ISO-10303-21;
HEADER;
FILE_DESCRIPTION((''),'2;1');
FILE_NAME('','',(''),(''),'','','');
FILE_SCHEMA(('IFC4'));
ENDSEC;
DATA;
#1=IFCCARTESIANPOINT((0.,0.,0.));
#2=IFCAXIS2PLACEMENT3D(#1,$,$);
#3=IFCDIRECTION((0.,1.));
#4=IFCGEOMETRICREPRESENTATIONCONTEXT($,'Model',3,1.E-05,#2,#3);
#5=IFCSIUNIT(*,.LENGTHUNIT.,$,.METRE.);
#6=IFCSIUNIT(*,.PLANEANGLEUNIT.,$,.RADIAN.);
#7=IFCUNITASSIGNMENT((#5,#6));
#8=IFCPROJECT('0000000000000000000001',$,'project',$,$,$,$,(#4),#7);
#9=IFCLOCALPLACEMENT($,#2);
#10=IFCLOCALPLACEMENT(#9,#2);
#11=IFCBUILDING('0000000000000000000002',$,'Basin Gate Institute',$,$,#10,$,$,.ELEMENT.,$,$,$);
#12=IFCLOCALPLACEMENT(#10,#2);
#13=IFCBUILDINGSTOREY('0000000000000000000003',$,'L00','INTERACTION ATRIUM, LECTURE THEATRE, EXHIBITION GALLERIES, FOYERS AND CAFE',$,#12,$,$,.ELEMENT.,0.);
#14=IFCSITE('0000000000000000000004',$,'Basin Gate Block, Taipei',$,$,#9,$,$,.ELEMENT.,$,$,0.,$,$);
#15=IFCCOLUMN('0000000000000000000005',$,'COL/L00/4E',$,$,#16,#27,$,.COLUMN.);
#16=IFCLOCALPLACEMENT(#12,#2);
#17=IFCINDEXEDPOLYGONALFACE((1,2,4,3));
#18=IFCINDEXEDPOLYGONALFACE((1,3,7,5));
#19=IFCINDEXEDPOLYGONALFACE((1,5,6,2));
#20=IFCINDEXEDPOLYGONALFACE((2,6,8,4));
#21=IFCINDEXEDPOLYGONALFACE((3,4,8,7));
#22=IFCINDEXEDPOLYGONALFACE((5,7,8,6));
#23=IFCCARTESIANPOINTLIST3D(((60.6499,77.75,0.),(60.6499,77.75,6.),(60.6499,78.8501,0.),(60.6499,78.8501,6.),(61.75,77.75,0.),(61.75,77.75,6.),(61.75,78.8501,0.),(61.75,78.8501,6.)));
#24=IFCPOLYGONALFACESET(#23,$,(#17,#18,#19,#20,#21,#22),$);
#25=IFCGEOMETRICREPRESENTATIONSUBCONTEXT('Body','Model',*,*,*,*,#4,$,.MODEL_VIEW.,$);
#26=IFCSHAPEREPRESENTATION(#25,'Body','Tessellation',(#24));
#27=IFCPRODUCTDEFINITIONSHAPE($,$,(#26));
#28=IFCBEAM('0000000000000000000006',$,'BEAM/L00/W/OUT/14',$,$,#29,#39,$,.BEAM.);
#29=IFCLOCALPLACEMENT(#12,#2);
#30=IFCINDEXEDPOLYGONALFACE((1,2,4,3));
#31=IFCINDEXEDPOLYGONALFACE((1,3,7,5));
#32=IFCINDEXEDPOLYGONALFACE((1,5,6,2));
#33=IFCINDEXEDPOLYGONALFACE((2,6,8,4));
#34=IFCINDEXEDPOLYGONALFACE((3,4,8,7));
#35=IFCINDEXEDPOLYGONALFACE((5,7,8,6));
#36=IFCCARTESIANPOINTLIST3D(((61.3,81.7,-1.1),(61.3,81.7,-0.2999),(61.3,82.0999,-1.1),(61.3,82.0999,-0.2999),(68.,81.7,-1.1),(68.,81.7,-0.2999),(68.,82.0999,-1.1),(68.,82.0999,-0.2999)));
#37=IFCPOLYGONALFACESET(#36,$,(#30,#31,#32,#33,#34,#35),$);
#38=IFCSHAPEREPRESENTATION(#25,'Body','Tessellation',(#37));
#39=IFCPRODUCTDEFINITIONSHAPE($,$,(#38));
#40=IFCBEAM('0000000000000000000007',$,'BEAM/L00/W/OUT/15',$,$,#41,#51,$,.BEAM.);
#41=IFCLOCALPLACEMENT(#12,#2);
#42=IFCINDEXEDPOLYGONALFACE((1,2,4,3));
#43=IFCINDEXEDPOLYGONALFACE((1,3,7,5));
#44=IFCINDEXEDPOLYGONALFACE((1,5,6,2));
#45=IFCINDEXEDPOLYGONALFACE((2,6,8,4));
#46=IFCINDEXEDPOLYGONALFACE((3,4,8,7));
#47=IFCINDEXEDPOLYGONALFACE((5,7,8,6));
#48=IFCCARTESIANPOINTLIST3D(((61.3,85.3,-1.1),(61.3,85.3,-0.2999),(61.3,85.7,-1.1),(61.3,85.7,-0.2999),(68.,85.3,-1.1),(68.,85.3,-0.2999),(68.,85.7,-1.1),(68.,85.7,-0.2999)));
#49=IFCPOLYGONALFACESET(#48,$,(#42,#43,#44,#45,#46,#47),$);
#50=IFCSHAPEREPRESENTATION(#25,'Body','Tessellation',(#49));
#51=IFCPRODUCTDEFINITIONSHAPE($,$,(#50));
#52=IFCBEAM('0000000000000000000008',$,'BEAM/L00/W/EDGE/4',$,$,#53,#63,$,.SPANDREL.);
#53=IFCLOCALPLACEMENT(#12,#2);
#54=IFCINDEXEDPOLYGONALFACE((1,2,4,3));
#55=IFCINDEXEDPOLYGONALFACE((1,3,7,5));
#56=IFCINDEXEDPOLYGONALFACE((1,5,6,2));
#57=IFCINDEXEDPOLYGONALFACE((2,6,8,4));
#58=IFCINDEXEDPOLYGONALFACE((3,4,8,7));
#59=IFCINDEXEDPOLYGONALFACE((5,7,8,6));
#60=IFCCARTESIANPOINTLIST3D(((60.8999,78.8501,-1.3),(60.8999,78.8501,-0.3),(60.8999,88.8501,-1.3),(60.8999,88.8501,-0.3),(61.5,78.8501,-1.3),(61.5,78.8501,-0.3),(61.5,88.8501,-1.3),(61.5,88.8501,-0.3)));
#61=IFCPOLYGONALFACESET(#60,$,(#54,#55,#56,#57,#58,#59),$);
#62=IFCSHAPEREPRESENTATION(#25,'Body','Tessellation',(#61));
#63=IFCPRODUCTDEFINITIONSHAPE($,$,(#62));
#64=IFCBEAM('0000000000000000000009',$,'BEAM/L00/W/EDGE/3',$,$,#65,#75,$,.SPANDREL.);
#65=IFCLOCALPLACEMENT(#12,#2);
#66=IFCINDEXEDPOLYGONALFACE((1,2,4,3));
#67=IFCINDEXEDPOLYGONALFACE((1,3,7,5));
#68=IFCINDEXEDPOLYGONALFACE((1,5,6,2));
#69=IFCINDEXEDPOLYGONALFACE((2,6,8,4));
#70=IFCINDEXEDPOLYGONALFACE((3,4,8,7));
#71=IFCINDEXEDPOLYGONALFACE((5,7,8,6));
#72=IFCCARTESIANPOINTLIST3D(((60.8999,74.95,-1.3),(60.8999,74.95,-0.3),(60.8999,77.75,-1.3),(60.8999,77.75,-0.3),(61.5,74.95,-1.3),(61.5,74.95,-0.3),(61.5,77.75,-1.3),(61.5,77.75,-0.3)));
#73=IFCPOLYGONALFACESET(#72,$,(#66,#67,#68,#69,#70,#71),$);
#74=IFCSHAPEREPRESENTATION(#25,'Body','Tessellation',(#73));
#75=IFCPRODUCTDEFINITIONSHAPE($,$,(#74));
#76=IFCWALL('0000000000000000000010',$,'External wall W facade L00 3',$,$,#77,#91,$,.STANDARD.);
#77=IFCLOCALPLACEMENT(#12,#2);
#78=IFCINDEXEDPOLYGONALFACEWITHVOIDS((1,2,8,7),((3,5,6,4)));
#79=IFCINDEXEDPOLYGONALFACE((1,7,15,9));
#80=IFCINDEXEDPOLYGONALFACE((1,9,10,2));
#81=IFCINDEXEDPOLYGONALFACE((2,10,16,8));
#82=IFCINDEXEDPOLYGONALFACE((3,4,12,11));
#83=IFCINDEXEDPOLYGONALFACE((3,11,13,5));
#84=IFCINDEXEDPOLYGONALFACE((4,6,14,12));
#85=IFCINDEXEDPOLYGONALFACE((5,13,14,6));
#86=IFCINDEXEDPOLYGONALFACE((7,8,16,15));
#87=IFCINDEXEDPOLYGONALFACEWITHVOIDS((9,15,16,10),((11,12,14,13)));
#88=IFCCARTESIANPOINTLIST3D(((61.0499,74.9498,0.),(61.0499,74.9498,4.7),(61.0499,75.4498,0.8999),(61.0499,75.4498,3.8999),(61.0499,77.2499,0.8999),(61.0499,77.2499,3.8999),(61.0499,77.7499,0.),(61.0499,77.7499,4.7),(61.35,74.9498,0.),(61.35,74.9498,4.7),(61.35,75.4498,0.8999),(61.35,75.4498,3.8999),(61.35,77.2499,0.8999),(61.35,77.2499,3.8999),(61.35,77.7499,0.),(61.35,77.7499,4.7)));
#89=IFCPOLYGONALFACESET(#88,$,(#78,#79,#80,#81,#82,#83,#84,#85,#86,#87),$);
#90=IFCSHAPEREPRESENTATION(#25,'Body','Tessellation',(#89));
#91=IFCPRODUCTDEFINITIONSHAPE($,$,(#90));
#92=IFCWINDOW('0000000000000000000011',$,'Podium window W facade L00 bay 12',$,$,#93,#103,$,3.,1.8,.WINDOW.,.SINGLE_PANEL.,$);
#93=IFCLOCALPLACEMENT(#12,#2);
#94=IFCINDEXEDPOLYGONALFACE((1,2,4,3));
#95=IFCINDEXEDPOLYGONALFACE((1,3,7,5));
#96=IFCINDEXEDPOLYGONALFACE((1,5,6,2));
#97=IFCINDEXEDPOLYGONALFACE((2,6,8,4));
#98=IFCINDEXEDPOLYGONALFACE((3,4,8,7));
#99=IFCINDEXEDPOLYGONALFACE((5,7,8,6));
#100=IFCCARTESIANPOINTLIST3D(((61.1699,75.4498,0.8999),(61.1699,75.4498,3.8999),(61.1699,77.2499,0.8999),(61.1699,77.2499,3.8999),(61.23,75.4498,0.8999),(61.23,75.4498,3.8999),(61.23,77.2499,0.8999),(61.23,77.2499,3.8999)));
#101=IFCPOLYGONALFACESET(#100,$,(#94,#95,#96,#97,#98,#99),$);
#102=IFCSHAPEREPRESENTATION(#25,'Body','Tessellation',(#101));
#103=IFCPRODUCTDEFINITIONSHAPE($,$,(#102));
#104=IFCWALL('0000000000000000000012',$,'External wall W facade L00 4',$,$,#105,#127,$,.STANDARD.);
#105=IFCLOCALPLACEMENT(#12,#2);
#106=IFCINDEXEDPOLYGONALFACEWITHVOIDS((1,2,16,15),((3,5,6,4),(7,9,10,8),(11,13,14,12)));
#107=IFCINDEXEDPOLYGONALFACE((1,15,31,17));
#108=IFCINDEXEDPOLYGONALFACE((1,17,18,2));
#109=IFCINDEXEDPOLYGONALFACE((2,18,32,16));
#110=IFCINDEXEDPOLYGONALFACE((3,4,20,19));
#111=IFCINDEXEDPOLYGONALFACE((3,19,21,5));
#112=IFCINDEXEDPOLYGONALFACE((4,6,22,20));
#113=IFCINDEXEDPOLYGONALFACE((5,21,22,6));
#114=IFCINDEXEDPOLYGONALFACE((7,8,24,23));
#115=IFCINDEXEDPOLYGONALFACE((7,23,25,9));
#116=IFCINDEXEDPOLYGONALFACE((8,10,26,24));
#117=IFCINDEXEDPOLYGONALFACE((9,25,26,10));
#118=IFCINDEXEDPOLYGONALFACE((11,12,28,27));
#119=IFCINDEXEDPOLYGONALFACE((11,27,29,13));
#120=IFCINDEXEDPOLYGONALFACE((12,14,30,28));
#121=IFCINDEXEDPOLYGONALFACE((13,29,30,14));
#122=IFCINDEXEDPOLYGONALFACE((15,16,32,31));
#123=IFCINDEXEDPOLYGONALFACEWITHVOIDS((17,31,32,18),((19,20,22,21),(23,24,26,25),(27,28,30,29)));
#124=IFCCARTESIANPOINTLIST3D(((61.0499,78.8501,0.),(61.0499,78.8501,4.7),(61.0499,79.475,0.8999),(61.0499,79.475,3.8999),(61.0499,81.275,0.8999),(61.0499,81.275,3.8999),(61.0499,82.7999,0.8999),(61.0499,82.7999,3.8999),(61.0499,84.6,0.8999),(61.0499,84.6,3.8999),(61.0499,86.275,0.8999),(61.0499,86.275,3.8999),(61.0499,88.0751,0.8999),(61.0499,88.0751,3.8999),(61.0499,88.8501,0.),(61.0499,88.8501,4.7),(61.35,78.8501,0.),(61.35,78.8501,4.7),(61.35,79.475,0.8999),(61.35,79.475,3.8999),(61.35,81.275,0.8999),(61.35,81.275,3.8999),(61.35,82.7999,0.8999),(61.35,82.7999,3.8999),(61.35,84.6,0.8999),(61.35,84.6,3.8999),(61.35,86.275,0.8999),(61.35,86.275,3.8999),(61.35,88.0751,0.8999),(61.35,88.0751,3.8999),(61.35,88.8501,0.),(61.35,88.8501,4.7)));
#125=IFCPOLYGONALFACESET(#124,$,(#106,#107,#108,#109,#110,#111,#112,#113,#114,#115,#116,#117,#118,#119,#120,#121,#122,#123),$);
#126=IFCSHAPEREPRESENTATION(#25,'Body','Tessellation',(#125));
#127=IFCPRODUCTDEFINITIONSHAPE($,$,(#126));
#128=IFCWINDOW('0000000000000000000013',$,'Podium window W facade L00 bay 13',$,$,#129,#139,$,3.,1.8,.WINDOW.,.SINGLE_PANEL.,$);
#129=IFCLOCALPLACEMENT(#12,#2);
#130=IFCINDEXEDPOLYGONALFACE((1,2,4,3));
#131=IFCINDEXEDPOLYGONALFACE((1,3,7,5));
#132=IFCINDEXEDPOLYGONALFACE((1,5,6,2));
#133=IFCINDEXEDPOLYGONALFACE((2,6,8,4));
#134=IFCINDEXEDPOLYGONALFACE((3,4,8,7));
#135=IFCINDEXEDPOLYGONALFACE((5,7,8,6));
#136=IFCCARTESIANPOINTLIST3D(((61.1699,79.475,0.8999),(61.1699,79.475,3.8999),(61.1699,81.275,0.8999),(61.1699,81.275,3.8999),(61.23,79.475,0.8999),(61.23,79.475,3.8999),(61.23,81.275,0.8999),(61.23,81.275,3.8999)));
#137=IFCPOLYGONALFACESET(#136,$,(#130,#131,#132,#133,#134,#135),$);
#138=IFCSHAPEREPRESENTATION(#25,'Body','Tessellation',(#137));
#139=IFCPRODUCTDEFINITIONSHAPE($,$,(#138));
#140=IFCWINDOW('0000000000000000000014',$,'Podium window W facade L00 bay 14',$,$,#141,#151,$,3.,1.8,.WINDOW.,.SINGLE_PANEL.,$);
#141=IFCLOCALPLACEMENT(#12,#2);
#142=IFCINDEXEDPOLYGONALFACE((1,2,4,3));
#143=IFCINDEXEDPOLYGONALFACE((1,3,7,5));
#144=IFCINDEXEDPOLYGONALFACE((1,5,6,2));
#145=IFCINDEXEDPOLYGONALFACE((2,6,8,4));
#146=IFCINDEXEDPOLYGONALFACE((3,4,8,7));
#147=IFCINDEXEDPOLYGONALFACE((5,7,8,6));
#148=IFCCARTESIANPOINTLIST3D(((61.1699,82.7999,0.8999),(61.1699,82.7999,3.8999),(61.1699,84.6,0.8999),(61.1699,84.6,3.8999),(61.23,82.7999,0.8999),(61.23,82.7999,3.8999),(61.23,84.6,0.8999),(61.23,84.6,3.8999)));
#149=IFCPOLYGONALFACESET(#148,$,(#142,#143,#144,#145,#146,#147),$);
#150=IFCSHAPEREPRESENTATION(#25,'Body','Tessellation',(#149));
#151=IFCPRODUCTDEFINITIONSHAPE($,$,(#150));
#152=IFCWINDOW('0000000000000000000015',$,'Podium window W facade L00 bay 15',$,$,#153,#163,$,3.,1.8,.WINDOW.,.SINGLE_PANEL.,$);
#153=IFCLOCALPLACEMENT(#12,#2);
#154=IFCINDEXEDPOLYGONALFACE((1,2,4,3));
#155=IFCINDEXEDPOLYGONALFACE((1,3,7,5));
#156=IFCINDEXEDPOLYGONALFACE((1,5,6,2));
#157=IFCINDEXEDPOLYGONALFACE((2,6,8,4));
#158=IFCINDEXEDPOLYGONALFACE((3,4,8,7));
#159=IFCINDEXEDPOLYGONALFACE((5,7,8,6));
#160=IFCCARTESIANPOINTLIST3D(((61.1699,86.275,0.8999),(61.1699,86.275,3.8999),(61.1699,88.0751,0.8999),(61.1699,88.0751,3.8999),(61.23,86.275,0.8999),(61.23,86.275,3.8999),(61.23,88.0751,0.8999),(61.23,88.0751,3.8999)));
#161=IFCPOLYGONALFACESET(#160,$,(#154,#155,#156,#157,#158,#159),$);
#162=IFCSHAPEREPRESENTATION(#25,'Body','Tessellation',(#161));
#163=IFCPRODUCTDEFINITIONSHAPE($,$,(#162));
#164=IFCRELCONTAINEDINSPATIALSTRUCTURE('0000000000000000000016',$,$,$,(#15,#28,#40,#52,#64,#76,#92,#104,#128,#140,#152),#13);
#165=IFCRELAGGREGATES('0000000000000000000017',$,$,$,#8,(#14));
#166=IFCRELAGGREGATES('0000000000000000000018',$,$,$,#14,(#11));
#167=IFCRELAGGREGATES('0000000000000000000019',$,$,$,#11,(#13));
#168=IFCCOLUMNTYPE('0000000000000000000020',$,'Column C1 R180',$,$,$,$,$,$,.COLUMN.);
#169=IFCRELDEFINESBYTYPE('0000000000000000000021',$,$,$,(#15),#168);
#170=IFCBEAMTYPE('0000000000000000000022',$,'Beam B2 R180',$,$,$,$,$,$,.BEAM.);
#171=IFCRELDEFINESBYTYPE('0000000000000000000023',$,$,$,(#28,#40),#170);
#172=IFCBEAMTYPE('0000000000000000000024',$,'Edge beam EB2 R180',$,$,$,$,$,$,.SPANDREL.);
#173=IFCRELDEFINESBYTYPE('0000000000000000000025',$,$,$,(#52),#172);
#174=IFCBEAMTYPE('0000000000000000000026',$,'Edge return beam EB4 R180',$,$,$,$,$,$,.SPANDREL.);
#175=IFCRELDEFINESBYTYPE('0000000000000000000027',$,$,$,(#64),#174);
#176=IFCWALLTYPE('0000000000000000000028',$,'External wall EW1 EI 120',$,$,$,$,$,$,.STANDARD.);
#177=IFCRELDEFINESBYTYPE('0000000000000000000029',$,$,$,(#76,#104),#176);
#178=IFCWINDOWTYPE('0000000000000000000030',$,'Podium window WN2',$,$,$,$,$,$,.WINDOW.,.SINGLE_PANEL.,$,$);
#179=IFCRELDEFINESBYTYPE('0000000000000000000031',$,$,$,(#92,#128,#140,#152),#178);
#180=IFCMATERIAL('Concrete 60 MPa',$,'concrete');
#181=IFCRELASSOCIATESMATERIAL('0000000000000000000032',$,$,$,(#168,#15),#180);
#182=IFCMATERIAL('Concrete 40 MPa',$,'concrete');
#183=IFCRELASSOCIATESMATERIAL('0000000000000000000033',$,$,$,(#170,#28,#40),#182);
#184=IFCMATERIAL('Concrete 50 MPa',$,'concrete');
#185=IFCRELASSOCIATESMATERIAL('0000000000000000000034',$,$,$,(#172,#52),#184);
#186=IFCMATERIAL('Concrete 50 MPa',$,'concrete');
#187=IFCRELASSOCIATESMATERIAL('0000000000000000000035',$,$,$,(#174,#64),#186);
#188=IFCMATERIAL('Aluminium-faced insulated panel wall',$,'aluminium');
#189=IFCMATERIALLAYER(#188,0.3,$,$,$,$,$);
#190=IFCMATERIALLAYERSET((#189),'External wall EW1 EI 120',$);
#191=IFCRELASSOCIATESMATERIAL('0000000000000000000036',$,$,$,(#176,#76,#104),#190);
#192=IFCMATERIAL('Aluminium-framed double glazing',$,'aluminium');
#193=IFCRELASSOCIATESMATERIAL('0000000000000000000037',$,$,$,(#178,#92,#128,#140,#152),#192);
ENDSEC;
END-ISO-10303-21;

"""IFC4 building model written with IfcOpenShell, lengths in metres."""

from ifc_helpers import new_model, si_unit, direction, frame, frame_2d, origin, origin_2d, place, context, subcontext, project, spatial, rectangle, extrude, material, layer, layer_set, material_profile, profile_set, type_object, element, fill, save


model = new_model("IFC4")

# Units and contexts
model_context = context("Model", 3, precision=1e-05, world=origin(), true_north=direction((0.0, 1.0)))
body_context = subcontext(model_context, "Body", "Model", "MODEL_VIEW")
ifc_project = project(units=[si_unit("LENGTHUNIT", "METRE"), si_unit("PLANEANGLEUNIT", "RADIAN")], contexts=[model_context])

# Site, building, storey
site_placement = place(None, origin())
site = spatial("IfcSite", under=ifc_project, at=site_placement, Name="Basin Gate Block, Taipei", CompositionType="ELEMENT", RefElevation=0.0)
building_placement = place(site_placement, origin())
building = spatial("IfcBuilding", under=site, at=building_placement, Name="Basin Gate Institute", CompositionType="ELEMENT")
storey_placement = place(building_placement, origin())
storey = spatial("IfcBuildingStorey", under=building, at=storey_placement, Name="L00", Description="INTERACTION ATRIUM, LECTURE THEATRE, EXHIBITION GALLERIES, FOYERS AND CAFE", CompositionType="ELEMENT", Elevation=0.0)

# Column
ifc_material_1 = material(Name="Concrete 60 MPa", Category="concrete")
ifc_material_profile_1 = material_profile(ifc_material_1, rectangle(XDim=1.1001, YDim=1.1001, at=origin_2d()), Name="Column C1 1100 x 1100")
ifc_profile_set_1 = profile_set([ifc_material_profile_1], Name="Concrete 60 MPa")
column_type = type_object("IfcColumnType", Name="Column C1 R180", PredefinedType="COLUMN", material=ifc_profile_set_1)
column_placement = place(storey_placement, frame((61.2, 78.3, 0.0), z_axis=(0.0, 0.0, 1.0), x_axis=(1.0, 0.0, 0.0)))
element("IfcColumn", 1, at=column_placement, inside=storey, type_object=column_type, material=ifc_profile_set_1, Name="COL/L00/4E", PredefinedType="COLUMN", context=body_context, shape_type="SweptSolid", body=[
    extrude(rectangle(XDim=1.1001, YDim=1.1001, at=origin_2d()), origin(), (0.0, 0.0, 1.0), 6.0),
])

# Beams
ifc_material_2 = material(Name="Concrete 40 MPa", Category="concrete")
ifc_material_profile_2 = material_profile(ifc_material_2, rectangle(XDim=0.3999, YDim=0.8, at=origin_2d()), Name="Beam B2 400 x 800")
ifc_profile_set_2 = profile_set([ifc_material_profile_2], Name="Concrete 40 MPa")
beam_type_1 = type_object("IfcBeamType", Name="Beam B2 R180", PredefinedType="BEAM", material=ifc_profile_set_2)
for number, where, z_axis, x_axis, name in (
    (2, (61.3, 81.8999, -0.7), (1.0, 0.0, 0.0), (0.0, 1.0, 0.0), "BEAM/L00/W/OUT/14"),
    (3, (61.3, 85.5, -0.7), (1.0, 0.0, 0.0), (0.0, 1.0, 0.0), "BEAM/L00/W/OUT/15"),
):
    element("IfcBeam", number, at=place(storey_placement, frame(where, z_axis=z_axis, x_axis=x_axis)), inside=storey, type_object=beam_type_1, material=ifc_profile_set_2, Name=name, PredefinedType="BEAM", context=body_context, shape_type="SweptSolid", body=[
        extrude(rectangle(XDim=0.3999, YDim=0.8, at=origin_2d()), origin(), (0.0, 0.0, 1.0), 6.7),
    ])
ifc_material_3 = material(Name="Concrete 50 MPa", Category="concrete")
ifc_material_profile_3 = material_profile(ifc_material_3, rectangle(XDim=0.6001, YDim=1.0, at=origin_2d()), Name="Edge beam EB2 600 x 1000")
ifc_profile_set_3 = profile_set([ifc_material_profile_3], Name="Concrete 50 MPa")
beam_type_2 = type_object("IfcBeamType", Name="Edge beam EB2 R180", PredefinedType="SPANDREL", material=ifc_profile_set_3)
beam_1_placement = place(storey_placement, frame((61.2, 78.8501, -0.8), z_axis=(0.0, 1.0, 0.0), x_axis=(-1.0, 0.0, 0.0)))
element("IfcBeam", 4, at=beam_1_placement, inside=storey, type_object=beam_type_2, material=ifc_profile_set_3, Name="BEAM/L00/W/EDGE/4", PredefinedType="SPANDREL", context=body_context, shape_type="SweptSolid", body=[
    extrude(rectangle(XDim=0.6001, YDim=1.0, at=origin_2d()), origin(), (0.0, 0.0, 1.0), 10.0),
])
ifc_material_4 = material(Name="Concrete 50 MPa", Category="concrete")
ifc_material_profile_4 = material_profile(ifc_material_4, rectangle(XDim=0.6001, YDim=1.0, at=origin_2d()), Name="Edge return beam EB4 600 x 1000")
ifc_profile_set_4 = profile_set([ifc_material_profile_4], Name="Concrete 50 MPa")
beam_type_3 = type_object("IfcBeamType", Name="Edge return beam EB4 R180", PredefinedType="SPANDREL", material=ifc_profile_set_4)
beam_2_placement = place(storey_placement, frame((61.2, 74.95, -0.8), z_axis=(0.0, 1.0, 0.0), x_axis=(-1.0, 0.0, 0.0)))
element("IfcBeam", 5, at=beam_2_placement, inside=storey, type_object=beam_type_3, material=ifc_profile_set_4, Name="BEAM/L00/W/EDGE/3", PredefinedType="SPANDREL", context=body_context, shape_type="SweptSolid", body=[
    extrude(rectangle(XDim=0.6001, YDim=1.0, at=origin_2d()), origin(), (0.0, 0.0, 1.0), 2.8),
])

# Wall, opening, window
ifc_material_5 = material(Name="Aluminium-faced insulated panel wall", Category="aluminium")
ifc_layer_1 = layer(ifc_material_5, 0.3)
ifc_layer_set_1 = layer_set([ifc_layer_1], Name="External wall EW1 EI 120")
wall_type_1 = type_object("IfcWallType", Name="External wall EW1 EI 120", PredefinedType="STANDARD", material=ifc_layer_set_1)
wall_1_placement = place(storey_placement, frame((61.2, 74.95, 0.0), z_axis=(0.0, 0.0, 1.0), x_axis=(0.0, 1.0, 0.0)))
wall_1 = element("IfcWall", 6, at=wall_1_placement, inside=storey, type_object=wall_type_1, material=ifc_layer_set_1, Name="External wall W facade L00 3", PredefinedType="STANDARD", context=body_context, shape_type="SweptSolid", body=[
    extrude(rectangle(XDim=2.8, YDim=0.3, at=frame_2d((1.3999, 0.0))), origin(), (0.0, 0.0, 1.0), 4.7),
])
opening_1_placement = place(wall_1_placement, frame((0.5, 0.0, 0.8999)))
opening_1 = element("IfcOpeningElement", 7, at=opening_1_placement, cuts=wall_1, PredefinedType="OPENING", context=body_context, shape_type="SweptSolid", body=[
    extrude(rectangle(XDim=1.8, YDim=3.0, at=frame_2d((0.8999, 1.5))), frame((0.0, 0.1602, 0.0), z_axis=(0.0, -1.0, 0.0), x_axis=(1.0, 0.0, 0.0)), (0.0, 0.0, 1.0), 0.3201),
])
ifc_material_6 = material(Name="Aluminium-framed double glazing", Category="aluminium")
window_type_1 = type_object("IfcWindowType", Name="Podium window WN2", PartitioningType="SINGLE_PANEL", PredefinedType="WINDOW", material=ifc_material_6)
window_1_placement = place(opening_1_placement, origin())
window_1 = element("IfcWindow", 8, at=window_1_placement, inside=storey, type_object=window_type_1, material=ifc_material_6, Name="Podium window W facade L00 bay 12", OverallHeight=3.0, OverallWidth=1.8, PartitioningType="SINGLE_PANEL", PredefinedType="WINDOW", context=body_context, shape_type="SweptSolid", body=[
    extrude(rectangle(XDim=1.8, YDim=3.0, at=frame_2d((0.8999, 1.5))), frame((0.0, 0.03, 0.0), z_axis=(0.0, -1.0, 0.0), x_axis=(1.0, 0.0, 0.0)), (0.0, 0.0, 1.0), 0.0601),
])
fill(opening_1, window_1)

# Wall, openings, windows
wall_2_placement = place(storey_placement, frame((61.2, 78.8501, 0.0), z_axis=(0.0, 0.0, 1.0), x_axis=(0.0, 1.0, 0.0)))
wall_2 = element("IfcWall", 9, at=wall_2_placement, inside=storey, type_object=wall_type_1, material=ifc_layer_set_1, Name="External wall W facade L00 4", PredefinedType="STANDARD", context=body_context, shape_type="SweptSolid", body=[
    extrude(rectangle(XDim=10.0, YDim=0.3, at=frame_2d((5.0, 0.0))), origin(), (0.0, 0.0, 1.0), 4.7),
])
opening_2_placement = place(wall_2_placement, frame((0.625, 0.0, 0.8999)))
opening_2 = element("IfcOpeningElement", 10, at=opening_2_placement, cuts=wall_2, PredefinedType="OPENING", context=body_context, shape_type="SweptSolid", body=[
    extrude(rectangle(XDim=1.8, YDim=3.0, at=frame_2d((0.8999, 1.5))), frame((0.0, 0.1602, 0.0), z_axis=(0.0, -1.0, 0.0), x_axis=(1.0, 0.0, 0.0)), (0.0, 0.0, 1.0), 0.3201),
])
opening_3_placement = place(wall_2_placement, frame((3.95, 0.0, 0.8999)))
opening_3 = element("IfcOpeningElement", 11, at=opening_3_placement, cuts=wall_2, PredefinedType="OPENING", context=body_context, shape_type="SweptSolid", body=[
    extrude(rectangle(XDim=1.8, YDim=3.0, at=frame_2d((0.8999, 1.5))), frame((0.0, 0.1602, 0.0), z_axis=(0.0, -1.0, 0.0), x_axis=(1.0, 0.0, 0.0)), (0.0, 0.0, 1.0), 0.3201),
])
opening_4_placement = place(wall_2_placement, frame((7.425, 0.0, 0.8999)))
opening_4 = element("IfcOpeningElement", 12, at=opening_4_placement, cuts=wall_2, PredefinedType="OPENING", context=body_context, shape_type="SweptSolid", body=[
    extrude(rectangle(XDim=1.8, YDim=3.0, at=frame_2d((0.8999, 1.5))), frame((0.0, 0.1602, 0.0), z_axis=(0.0, -1.0, 0.0), x_axis=(1.0, 0.0, 0.0)), (0.0, 0.0, 1.0), 0.3201),
])
window_2_placement = place(opening_2_placement, origin())
window_2 = element("IfcWindow", 13, at=window_2_placement, inside=storey, type_object=window_type_1, material=ifc_material_6, Name="Podium window W facade L00 bay 13", OverallHeight=3.0, OverallWidth=1.8, PartitioningType="SINGLE_PANEL", PredefinedType="WINDOW", context=body_context, shape_type="SweptSolid", body=[
    extrude(rectangle(XDim=1.8, YDim=3.0, at=frame_2d((0.8999, 1.5))), frame((0.0, 0.03, 0.0), z_axis=(0.0, -1.0, 0.0), x_axis=(1.0, 0.0, 0.0)), (0.0, 0.0, 1.0), 0.0601),
])
fill(opening_2, window_2)
window_3_placement = place(opening_3_placement, origin())
window_3 = element("IfcWindow", 14, at=window_3_placement, inside=storey, type_object=window_type_1, material=ifc_material_6, Name="Podium window W facade L00 bay 14", OverallHeight=3.0, OverallWidth=1.8, PartitioningType="SINGLE_PANEL", PredefinedType="WINDOW", context=body_context, shape_type="SweptSolid", body=[
    extrude(rectangle(XDim=1.8, YDim=3.0, at=frame_2d((0.8999, 1.5))), frame((0.0, 0.03, 0.0), z_axis=(0.0, -1.0, 0.0), x_axis=(1.0, 0.0, 0.0)), (0.0, 0.0, 1.0), 0.0601),
])
fill(opening_3, window_3)
window_4_placement = place(opening_4_placement, origin())
window_4 = element("IfcWindow", 15, at=window_4_placement, inside=storey, type_object=window_type_1, material=ifc_material_6, Name="Podium window W facade L00 bay 15", OverallHeight=3.0, OverallWidth=1.8, PartitioningType="SINGLE_PANEL", PredefinedType="WINDOW", context=body_context, shape_type="SweptSolid", body=[
    extrude(rectangle(XDim=1.8, YDim=3.0, at=frame_2d((0.8999, 1.5))), frame((0.0, 0.03, 0.0), z_axis=(0.0, -1.0, 0.0), x_axis=(1.0, 0.0, 0.0)), (0.0, 0.0, 1.0), 0.0601),
])
fill(opening_4, window_4)

save(model, "model.ifc")
